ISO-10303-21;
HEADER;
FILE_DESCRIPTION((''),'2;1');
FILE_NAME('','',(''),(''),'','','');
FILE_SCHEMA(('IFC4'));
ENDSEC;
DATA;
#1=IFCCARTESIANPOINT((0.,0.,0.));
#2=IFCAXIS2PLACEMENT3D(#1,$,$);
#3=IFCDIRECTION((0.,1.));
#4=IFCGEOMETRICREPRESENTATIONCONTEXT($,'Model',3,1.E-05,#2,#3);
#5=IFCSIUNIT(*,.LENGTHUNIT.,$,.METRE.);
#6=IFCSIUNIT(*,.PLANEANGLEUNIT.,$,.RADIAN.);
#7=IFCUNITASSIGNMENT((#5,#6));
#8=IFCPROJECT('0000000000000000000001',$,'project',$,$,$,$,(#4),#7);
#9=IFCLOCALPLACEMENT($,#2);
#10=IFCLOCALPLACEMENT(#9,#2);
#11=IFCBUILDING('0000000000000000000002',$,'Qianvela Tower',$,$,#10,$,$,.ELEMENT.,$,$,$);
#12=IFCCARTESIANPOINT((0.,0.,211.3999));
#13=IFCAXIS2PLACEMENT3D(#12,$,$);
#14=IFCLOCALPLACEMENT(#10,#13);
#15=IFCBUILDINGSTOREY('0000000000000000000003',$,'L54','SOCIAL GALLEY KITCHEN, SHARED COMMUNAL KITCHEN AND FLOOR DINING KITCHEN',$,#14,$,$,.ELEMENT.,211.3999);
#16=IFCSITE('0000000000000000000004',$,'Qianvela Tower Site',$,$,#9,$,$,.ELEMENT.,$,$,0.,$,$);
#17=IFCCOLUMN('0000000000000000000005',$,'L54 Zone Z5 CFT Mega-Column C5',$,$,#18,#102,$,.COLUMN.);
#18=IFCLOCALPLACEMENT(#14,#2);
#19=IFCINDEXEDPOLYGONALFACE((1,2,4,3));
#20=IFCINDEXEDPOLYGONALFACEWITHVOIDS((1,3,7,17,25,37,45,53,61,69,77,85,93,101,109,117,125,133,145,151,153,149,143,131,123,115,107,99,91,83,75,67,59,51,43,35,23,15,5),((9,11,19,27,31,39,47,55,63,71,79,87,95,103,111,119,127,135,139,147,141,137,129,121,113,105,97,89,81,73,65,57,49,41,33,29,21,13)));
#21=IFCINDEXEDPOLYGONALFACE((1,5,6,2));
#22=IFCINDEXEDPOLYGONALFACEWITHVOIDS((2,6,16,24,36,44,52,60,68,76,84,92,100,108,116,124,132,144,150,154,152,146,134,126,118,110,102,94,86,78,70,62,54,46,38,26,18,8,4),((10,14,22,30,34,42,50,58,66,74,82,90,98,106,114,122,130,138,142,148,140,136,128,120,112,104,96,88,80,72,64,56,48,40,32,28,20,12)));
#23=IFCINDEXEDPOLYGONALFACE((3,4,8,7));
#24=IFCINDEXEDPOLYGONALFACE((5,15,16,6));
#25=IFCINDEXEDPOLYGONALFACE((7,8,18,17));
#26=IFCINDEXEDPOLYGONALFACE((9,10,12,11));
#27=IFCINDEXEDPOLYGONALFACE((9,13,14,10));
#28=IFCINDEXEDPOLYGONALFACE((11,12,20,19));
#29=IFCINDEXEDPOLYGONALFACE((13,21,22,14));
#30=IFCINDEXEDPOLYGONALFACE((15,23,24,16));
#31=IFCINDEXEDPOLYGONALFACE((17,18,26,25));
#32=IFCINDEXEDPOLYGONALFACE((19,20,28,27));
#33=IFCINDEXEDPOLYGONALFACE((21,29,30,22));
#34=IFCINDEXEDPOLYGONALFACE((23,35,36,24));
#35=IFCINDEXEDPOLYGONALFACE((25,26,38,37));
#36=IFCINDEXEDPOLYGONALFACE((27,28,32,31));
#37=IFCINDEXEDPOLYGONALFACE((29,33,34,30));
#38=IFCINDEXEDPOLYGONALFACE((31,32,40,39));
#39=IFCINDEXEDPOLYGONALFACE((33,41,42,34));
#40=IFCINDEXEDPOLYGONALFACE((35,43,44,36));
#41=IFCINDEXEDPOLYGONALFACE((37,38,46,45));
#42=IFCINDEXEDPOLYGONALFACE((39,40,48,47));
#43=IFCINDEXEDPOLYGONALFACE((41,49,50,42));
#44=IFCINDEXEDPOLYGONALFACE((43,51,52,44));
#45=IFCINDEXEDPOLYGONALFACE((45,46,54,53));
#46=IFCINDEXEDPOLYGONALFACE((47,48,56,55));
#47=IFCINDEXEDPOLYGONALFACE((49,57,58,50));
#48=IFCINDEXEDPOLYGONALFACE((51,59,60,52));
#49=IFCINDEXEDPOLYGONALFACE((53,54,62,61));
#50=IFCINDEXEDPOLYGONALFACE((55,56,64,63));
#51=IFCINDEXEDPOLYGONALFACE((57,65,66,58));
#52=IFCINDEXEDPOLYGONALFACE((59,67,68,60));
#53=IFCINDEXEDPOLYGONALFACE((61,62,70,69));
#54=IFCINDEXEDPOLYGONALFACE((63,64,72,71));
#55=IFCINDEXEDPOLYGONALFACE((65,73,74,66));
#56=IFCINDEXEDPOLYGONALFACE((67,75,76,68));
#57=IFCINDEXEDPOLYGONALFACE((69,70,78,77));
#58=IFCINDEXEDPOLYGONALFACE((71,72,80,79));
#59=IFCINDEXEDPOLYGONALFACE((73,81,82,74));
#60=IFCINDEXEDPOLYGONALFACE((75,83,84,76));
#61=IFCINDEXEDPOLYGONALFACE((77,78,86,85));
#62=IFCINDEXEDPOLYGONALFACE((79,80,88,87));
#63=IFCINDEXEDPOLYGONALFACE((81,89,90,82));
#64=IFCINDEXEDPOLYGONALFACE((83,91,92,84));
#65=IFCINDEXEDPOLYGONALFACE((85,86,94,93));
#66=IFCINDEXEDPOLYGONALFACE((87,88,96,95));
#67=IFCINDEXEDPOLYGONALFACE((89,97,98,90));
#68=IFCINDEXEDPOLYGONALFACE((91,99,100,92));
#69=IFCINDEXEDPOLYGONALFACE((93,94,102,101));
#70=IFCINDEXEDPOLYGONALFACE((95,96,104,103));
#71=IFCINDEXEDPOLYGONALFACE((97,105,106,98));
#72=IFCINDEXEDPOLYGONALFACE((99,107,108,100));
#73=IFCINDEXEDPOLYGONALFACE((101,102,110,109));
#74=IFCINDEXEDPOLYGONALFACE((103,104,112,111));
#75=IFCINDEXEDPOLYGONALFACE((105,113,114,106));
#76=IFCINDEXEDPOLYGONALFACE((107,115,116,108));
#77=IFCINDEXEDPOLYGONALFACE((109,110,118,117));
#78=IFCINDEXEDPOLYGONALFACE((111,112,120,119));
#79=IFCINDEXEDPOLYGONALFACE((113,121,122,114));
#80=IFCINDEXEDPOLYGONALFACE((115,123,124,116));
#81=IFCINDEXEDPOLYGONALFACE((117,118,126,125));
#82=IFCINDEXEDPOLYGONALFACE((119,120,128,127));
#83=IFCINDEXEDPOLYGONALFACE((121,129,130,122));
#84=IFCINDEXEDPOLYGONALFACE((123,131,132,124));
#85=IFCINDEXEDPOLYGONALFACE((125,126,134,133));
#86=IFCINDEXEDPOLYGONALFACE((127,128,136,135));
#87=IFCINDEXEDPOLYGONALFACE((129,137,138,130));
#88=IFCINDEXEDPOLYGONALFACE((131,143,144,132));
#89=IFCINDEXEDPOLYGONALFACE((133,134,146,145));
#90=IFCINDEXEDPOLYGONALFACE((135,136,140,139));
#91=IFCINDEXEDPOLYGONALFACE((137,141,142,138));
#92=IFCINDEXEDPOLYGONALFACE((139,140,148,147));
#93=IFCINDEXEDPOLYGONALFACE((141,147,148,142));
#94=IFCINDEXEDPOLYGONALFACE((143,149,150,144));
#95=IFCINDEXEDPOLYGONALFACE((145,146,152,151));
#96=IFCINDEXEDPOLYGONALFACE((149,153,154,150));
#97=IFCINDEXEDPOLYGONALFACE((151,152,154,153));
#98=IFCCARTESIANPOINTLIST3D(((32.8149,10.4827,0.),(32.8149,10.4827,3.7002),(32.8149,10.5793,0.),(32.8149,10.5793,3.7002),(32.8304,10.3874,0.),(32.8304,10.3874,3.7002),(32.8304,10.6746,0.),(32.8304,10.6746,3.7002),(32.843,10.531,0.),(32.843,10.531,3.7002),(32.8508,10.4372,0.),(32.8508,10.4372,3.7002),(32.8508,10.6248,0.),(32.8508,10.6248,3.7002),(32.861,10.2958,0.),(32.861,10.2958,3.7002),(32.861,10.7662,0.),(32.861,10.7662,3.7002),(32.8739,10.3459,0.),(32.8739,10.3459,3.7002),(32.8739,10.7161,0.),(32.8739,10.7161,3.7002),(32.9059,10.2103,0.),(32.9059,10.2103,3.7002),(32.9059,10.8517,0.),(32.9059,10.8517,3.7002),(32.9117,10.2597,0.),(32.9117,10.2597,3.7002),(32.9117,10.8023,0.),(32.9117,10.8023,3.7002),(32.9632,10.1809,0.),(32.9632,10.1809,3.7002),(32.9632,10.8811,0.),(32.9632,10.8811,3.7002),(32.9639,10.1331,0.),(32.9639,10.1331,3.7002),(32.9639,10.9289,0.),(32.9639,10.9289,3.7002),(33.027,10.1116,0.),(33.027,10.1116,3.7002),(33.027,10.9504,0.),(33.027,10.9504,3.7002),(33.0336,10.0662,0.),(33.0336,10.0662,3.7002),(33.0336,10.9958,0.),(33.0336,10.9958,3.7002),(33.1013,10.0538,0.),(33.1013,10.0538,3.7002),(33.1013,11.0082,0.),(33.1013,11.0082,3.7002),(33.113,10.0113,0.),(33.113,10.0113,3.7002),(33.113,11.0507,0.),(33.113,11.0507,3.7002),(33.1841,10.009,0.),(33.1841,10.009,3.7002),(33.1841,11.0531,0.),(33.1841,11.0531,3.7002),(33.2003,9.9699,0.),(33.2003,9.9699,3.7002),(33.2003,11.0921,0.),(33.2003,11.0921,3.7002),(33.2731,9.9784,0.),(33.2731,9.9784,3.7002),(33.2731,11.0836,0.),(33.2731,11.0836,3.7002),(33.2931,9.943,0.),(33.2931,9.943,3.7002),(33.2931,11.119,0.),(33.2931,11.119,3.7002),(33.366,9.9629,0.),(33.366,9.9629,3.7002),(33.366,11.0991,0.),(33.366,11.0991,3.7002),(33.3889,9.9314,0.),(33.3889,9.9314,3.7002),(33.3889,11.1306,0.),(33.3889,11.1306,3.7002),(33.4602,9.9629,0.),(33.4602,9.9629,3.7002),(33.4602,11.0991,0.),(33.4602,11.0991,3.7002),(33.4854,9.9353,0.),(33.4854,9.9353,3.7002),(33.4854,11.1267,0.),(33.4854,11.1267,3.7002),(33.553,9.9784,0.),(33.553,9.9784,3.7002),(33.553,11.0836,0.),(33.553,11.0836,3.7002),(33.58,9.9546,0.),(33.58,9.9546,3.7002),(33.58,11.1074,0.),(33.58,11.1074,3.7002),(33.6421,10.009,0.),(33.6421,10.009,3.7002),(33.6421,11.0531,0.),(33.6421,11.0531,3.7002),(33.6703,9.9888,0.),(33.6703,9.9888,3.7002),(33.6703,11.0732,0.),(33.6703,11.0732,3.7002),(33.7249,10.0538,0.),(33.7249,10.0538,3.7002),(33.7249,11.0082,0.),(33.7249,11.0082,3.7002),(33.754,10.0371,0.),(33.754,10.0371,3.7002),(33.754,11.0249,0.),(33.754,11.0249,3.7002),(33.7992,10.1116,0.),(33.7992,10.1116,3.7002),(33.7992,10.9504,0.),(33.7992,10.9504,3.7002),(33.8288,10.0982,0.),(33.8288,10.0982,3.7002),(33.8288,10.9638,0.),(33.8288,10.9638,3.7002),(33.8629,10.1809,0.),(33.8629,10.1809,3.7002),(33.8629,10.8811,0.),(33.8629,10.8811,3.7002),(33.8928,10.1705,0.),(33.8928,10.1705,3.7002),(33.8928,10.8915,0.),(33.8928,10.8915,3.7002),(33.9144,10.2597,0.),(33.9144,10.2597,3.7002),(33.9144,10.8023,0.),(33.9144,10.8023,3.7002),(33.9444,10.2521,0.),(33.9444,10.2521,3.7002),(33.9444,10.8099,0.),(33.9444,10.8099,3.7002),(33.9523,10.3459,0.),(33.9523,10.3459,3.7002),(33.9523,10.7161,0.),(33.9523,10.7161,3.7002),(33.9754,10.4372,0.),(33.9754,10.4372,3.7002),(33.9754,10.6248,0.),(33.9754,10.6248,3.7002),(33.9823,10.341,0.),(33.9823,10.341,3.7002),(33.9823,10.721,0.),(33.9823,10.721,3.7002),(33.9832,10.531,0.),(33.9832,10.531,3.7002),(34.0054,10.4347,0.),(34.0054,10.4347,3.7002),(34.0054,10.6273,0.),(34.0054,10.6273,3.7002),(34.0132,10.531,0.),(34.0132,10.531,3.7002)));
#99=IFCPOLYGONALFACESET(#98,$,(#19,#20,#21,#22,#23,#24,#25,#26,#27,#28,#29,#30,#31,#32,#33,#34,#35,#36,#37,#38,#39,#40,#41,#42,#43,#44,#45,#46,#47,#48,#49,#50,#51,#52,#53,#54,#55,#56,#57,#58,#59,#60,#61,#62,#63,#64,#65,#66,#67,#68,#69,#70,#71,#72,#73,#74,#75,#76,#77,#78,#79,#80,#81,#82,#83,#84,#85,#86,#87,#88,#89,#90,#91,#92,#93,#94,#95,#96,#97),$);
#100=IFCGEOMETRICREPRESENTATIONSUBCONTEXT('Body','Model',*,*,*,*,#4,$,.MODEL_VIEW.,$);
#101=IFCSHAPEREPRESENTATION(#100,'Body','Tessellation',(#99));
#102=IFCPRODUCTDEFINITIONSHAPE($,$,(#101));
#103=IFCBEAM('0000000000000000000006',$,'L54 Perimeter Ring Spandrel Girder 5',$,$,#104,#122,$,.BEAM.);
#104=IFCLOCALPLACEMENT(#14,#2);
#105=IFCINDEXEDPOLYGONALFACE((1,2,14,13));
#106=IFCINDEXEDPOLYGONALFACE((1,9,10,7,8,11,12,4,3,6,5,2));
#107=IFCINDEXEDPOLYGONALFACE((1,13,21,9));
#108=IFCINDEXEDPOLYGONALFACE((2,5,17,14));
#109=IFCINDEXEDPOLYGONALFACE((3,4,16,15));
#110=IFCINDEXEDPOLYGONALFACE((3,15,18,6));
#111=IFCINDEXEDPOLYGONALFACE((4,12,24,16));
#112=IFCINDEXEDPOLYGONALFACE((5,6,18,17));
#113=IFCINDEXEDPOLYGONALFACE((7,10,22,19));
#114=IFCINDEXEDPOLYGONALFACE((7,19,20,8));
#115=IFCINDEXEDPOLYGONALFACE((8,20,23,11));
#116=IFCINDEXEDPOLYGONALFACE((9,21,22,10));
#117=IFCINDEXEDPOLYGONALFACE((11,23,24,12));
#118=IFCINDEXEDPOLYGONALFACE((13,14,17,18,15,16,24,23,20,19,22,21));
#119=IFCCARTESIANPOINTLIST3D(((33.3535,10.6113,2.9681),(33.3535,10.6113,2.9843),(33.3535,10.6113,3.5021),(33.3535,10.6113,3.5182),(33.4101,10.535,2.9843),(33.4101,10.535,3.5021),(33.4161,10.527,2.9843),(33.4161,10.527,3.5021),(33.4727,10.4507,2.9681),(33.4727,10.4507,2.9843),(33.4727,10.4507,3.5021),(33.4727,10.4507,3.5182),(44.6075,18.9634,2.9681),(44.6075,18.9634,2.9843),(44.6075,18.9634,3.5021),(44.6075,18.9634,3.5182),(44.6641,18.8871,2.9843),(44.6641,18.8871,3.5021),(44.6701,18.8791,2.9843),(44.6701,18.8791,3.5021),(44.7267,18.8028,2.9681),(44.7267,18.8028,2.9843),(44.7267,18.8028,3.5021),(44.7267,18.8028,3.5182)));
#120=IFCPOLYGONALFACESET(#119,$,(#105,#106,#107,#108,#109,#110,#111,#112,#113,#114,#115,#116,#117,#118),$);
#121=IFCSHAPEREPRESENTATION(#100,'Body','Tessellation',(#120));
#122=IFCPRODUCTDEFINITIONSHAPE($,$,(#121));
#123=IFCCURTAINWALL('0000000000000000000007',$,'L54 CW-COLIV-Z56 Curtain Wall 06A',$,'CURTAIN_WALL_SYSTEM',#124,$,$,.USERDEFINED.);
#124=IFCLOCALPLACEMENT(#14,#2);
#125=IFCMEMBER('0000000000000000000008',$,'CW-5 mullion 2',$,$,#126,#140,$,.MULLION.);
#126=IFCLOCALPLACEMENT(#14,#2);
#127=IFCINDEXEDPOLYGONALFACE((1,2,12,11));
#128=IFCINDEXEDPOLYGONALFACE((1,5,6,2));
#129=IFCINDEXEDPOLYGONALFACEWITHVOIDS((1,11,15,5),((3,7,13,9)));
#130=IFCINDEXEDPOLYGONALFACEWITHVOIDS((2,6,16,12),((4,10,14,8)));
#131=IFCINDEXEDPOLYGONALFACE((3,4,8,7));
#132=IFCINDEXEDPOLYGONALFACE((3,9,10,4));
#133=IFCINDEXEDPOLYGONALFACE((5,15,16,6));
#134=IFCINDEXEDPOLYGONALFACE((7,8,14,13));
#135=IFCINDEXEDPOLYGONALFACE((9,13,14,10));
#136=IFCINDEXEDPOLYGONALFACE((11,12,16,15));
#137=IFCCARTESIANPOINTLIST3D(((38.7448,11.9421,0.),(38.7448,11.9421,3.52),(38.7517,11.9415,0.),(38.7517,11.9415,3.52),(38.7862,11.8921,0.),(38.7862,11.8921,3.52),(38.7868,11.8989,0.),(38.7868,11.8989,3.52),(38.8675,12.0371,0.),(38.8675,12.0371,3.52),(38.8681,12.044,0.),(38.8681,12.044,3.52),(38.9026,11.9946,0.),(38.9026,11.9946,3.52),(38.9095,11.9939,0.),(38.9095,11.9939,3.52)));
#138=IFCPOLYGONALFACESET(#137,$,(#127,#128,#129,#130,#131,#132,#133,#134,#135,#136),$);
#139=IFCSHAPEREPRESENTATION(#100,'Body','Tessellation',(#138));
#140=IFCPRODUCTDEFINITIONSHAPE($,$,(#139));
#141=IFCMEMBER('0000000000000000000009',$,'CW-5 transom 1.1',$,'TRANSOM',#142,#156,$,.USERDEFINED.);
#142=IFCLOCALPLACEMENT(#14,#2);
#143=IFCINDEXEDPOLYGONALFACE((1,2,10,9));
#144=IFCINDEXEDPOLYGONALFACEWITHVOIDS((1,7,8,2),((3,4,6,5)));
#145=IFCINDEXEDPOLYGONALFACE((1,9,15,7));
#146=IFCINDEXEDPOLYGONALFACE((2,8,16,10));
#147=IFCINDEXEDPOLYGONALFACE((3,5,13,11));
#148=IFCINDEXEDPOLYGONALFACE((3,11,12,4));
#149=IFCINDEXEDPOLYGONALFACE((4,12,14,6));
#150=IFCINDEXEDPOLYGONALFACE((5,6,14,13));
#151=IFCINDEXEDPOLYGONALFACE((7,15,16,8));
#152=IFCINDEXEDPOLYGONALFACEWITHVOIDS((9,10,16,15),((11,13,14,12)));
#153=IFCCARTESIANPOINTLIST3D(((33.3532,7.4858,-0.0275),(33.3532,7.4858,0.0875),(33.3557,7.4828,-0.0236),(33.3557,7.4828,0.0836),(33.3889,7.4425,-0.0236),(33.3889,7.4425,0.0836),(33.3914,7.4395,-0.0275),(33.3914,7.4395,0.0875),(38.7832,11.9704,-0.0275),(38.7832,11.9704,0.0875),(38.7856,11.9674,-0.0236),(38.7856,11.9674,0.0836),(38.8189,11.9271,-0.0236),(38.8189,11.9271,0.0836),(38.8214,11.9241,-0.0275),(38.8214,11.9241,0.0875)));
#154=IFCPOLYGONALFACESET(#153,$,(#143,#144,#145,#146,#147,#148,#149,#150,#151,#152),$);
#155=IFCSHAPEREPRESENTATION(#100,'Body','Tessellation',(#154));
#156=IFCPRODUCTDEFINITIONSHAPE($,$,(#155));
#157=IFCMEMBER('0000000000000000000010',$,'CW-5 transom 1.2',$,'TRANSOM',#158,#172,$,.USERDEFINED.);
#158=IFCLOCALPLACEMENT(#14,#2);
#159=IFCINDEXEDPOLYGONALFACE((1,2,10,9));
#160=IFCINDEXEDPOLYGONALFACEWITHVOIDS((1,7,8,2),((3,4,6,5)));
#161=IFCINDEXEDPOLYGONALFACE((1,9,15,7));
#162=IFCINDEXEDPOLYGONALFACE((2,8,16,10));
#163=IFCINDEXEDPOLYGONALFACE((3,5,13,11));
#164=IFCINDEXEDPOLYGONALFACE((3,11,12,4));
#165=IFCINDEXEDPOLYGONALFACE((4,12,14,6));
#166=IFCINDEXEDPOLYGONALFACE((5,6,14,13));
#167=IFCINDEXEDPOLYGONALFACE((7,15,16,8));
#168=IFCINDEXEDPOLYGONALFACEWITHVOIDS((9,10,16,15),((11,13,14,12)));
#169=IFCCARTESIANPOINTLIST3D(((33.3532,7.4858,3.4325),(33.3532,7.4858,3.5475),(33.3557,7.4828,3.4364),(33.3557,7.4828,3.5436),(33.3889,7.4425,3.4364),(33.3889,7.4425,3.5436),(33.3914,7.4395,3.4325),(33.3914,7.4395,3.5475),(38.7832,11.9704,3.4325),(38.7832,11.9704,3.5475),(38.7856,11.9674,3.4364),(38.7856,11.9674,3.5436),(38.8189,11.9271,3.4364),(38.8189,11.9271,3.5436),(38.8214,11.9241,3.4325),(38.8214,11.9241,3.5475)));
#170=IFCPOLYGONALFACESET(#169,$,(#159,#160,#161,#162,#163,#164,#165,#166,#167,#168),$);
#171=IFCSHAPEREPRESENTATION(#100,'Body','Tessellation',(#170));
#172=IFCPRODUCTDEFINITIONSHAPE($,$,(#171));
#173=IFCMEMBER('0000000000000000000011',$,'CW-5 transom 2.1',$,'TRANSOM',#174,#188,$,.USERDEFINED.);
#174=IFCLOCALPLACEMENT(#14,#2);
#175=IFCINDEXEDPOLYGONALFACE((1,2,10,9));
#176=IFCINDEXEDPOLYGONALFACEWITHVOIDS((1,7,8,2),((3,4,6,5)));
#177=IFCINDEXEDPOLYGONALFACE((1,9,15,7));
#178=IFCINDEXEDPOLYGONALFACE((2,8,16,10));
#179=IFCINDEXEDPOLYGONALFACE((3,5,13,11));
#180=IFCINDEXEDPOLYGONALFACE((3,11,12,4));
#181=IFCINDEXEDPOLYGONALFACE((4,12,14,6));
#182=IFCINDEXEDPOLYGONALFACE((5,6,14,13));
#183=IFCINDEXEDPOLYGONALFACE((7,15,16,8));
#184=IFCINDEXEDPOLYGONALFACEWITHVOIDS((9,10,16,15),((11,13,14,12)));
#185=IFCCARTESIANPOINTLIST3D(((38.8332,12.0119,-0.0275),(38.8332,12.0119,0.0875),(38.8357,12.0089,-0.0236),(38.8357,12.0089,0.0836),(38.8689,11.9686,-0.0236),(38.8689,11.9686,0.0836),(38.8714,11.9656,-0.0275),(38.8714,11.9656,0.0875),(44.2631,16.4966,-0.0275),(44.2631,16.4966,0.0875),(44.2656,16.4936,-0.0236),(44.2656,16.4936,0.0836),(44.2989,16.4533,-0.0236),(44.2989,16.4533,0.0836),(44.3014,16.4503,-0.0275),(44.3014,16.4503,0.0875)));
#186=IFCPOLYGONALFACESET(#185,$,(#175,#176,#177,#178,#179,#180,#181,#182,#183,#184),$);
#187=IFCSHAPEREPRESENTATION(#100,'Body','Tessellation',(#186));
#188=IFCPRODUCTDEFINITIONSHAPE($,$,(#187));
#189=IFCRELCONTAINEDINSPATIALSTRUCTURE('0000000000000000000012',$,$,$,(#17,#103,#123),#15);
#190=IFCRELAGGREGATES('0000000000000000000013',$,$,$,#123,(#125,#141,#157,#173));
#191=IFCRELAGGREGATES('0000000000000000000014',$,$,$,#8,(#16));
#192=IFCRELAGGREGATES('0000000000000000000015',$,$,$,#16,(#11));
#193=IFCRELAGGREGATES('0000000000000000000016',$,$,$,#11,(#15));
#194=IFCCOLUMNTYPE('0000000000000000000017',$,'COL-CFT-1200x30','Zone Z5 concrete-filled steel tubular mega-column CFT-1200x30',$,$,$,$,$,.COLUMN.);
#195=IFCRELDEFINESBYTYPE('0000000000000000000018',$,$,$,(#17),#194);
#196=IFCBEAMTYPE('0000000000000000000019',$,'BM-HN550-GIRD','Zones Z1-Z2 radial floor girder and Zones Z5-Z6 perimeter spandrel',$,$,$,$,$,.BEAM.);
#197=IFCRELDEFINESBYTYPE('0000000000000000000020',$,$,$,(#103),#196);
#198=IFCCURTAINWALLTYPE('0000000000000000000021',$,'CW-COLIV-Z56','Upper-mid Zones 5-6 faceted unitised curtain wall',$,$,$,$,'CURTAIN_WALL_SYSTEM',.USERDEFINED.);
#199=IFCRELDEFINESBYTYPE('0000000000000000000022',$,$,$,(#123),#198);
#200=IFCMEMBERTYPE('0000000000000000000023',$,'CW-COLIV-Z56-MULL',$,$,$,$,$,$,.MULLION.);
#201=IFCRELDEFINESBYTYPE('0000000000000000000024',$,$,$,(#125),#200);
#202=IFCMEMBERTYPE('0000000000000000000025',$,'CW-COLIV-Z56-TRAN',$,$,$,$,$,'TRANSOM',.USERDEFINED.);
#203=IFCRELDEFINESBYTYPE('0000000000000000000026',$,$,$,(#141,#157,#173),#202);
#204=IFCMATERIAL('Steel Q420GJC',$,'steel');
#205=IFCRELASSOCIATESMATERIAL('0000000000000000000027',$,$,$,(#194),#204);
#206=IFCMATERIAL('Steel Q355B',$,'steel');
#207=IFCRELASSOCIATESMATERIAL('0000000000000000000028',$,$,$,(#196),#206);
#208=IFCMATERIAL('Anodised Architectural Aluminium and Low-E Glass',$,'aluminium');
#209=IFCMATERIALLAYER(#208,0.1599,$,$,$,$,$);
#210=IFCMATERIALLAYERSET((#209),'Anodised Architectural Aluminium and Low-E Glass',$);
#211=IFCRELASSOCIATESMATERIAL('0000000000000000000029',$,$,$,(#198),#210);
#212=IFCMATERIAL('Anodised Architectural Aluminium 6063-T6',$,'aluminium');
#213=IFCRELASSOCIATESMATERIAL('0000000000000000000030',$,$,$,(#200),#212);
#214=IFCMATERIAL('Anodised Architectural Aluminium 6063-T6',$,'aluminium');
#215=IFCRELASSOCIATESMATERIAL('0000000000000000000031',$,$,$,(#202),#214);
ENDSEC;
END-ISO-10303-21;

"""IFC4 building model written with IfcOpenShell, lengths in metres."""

from ifc_helpers import new_model, si_unit, direction, frame, origin, origin_2d, place, context, subcontext, project, spatial, hollow_rectangle, hollow_circle, i_section, extrude, material, layer, layer_set, material_profile, profile_set, type_object, element, aggregate, save


model = new_model("IFC4")

# Units and contexts
model_context = context("Model", 3, precision=1e-05, world=origin(), true_north=direction((0.0, 1.0)))
body_context = subcontext(model_context, "Body", "Model", "MODEL_VIEW")
ifc_project = project(units=[si_unit("LENGTHUNIT", "METRE"), si_unit("PLANEANGLEUNIT", "RADIAN")], contexts=[model_context])

# Site, building, storey
site_placement = place(None, origin())
site = spatial("IfcSite", under=ifc_project, at=site_placement, Name="Qianvela Tower Site", CompositionType="ELEMENT", RefElevation=0.0)
building_placement = place(site_placement, origin())
building = spatial("IfcBuilding", under=site, at=building_placement, Name="Qianvela Tower", CompositionType="ELEMENT")
storey_placement = place(building_placement, frame((0.0, 0.0, 211.3999)))
storey = spatial("IfcBuildingStorey", under=building, at=storey_placement, Name="L54", Description="SOCIAL GALLEY KITCHEN, SHARED COMMUNAL KITCHEN AND FLOOR DINING KITCHEN", CompositionType="ELEMENT", Elevation=211.3999)

# Column
ifc_material_1 = material(Name="Steel Q420GJC", Category="steel")
ifc_material_profile_1 = material_profile(ifc_material_1, hollow_circle(Radius=0.6001, WallThickness=0.03, at=origin_2d()), Name="CFT-1200x30")
ifc_profile_set_1 = profile_set([ifc_material_profile_1], Name="Steel Q420GJC")
column_type = type_object("IfcColumnType", Name="COL-CFT-1200x30", Description="Zone Z5 concrete-filled steel tubular mega-column CFT-1200x30", PredefinedType="COLUMN", material=ifc_profile_set_1)
column_placement = place(storey_placement, frame((33.4131, 10.531, 0.0), z_axis=(0.0, 0.0, 1.0), x_axis=(1.0, 0.0, 0.0)))
element("IfcColumn", 1, at=column_placement, inside=storey, type_object=column_type, Name="L54 Zone Z5 CFT Mega-Column C5", PredefinedType="COLUMN", context=body_context, shape_type="SweptSolid", body=[
    extrude(hollow_circle(Radius=0.6001, WallThickness=0.03, at=origin_2d()), origin(), (0.0, 0.0, 1.0), 3.7002),
])

# Beam
ifc_material_2 = material(Name="Steel Q355B", Category="steel")
ifc_material_profile_2 = material_profile(ifc_material_2, i_section(OverallWidth=0.2, OverallDepth=0.55, WebThickness=0.01, FlangeThickness=0.0161, at=origin_2d()), Name="HN550x200x10x16")
ifc_profile_set_2 = profile_set([ifc_material_profile_2], Name="Steel Q355B")
beam_type = type_object("IfcBeamType", Name="BM-HN550-GIRD", Description="Zones Z1-Z2 radial floor girder and Zones Z5-Z6 perimeter spandrel", PredefinedType="BEAM", material=ifc_profile_set_2)
beam_placement = place(storey_placement, frame((33.4131, 10.531, 3.2432), z_axis=(0.803017, 0.595956, 0.0), x_axis=(-0.595956, 0.803017, 0.0)))
element("IfcBeam", 2, at=beam_placement, inside=storey, type_object=beam_type, Name="L54 Perimeter Ring Spandrel Girder 5", PredefinedType="BEAM", context=body_context, shape_type="SweptSolid", body=[
    extrude(i_section(OverallWidth=0.2, OverallDepth=0.55, WebThickness=0.01, FlangeThickness=0.0161, at=origin_2d()), origin(), (0.0, 0.0, 1.0), 14.0146),
])

# Curtain wall, members
ifc_material_3 = material(Name="Anodised Architectural Aluminium and Low-E Glass", Category="aluminium")
ifc_layer_1 = layer(ifc_material_3, 0.1599)
ifc_layer_set_1 = layer_set([ifc_layer_1], Name="Anodised Architectural Aluminium and Low-E Glass")
curtain_wall_type = type_object("IfcCurtainWallType", Name="CW-COLIV-Z56", Description="Upper-mid Zones 5-6 faceted unitised curtain wall", ElementType="CURTAIN_WALL_SYSTEM", PredefinedType="USERDEFINED", material=ifc_layer_set_1)
curtain_wall_placement = place(storey_placement, origin())
curtain_wall = element("IfcCurtainWall", 3, at=curtain_wall_placement, inside=storey, type_object=curtain_wall_type, Name="L54 CW-COLIV-Z56 Curtain Wall 06A", ObjectType="CURTAIN_WALL_SYSTEM", PredefinedType="USERDEFINED")
ifc_material_4 = material(Name="Anodised Architectural Aluminium 6063-T6", Category="aluminium")
ifc_material_profile_3 = material_profile(ifc_material_4, hollow_rectangle(XDim=0.0649, YDim=0.1599, WallThickness=0.0049, at=origin_2d()), Name="ALU-MULL-65x160")
ifc_profile_set_3 = profile_set([ifc_material_profile_3], Name="Anodised Architectural Aluminium 6063-T6")
member_type_1 = type_object("IfcMemberType", Name="CW-COLIV-Z56-MULL", PredefinedType="MULLION", material=ifc_profile_set_3)
member_1_placement = place(storey_placement, frame((38.8271, 11.968, 0.0), z_axis=(0.0, 0.0, 1.0), x_axis=(-0.636795, 0.771033, 0.0)))
member_1 = element("IfcMember", 4, at=member_1_placement, type_object=member_type_1, Name="CW-5 mullion 2", PredefinedType="MULLION", context=body_context, shape_type="SweptSolid", body=[
    extrude(hollow_rectangle(XDim=0.0649, YDim=0.1599, WallThickness=0.0049, at=origin_2d()), origin(), (0.0, 0.0, 1.0), 3.52),
])
ifc_material_5 = material(Name="Anodised Architectural Aluminium 6063-T6", Category="aluminium")
ifc_material_profile_4 = material_profile(ifc_material_5, hollow_rectangle(XDim=0.0601, YDim=0.115, WallThickness=0.0039, at=origin_2d()), Name="ALU-TRAN-60x115")
ifc_profile_set_4 = profile_set([ifc_material_profile_4], Name="Anodised Architectural Aluminium 6063-T6")
member_type_2 = type_object("IfcMemberType", Name="CW-COLIV-Z56-TRAN", ElementType="TRANSOM", PredefinedType="USERDEFINED", material=ifc_profile_set_4)
member_2_placement = place(storey_placement, frame((33.3723, 7.4626, 0.03), z_axis=(0.77103, 0.636799, 0.0), x_axis=(-0.636799, 0.77103, 0.0)))
member_2 = element("IfcMember", 5, at=member_2_placement, type_object=member_type_2, Name="CW-5 transom 1.1", ObjectType="TRANSOM", PredefinedType="USERDEFINED", context=body_context, shape_type="SweptSolid", body=[
    extrude(hollow_rectangle(XDim=0.0601, YDim=0.115, WallThickness=0.0039, at=origin_2d()), origin(), (0.0, 0.0, 1.0), 7.0425),
])
member_3_placement = place(storey_placement, frame((33.3723, 7.4626, 3.49), z_axis=(0.77103, 0.636799, 0.0), x_axis=(-0.636799, 0.77103, 0.0)))
member_3 = element("IfcMember", 6, at=member_3_placement, type_object=member_type_2, Name="CW-5 transom 1.2", ObjectType="TRANSOM", PredefinedType="USERDEFINED", context=body_context, shape_type="SweptSolid", body=[
    extrude(hollow_rectangle(XDim=0.0601, YDim=0.115, WallThickness=0.0039, at=origin_2d()), origin(), (0.0, 0.0, 1.0), 7.0425),
])
member_4_placement = place(storey_placement, frame((38.8523, 11.9888, 0.03), z_axis=(0.77103, 0.636799, 0.0), x_axis=(-0.636799, 0.77103, 0.0)))
member_4 = element("IfcMember", 7, at=member_4_placement, type_object=member_type_2, Name="CW-5 transom 2.1", ObjectType="TRANSOM", PredefinedType="USERDEFINED", context=body_context, shape_type="SweptSolid", body=[
    extrude(hollow_rectangle(XDim=0.0601, YDim=0.115, WallThickness=0.0039, at=origin_2d()), origin(), (0.0, 0.0, 1.0), 7.0425),
])
aggregate(curtain_wall, [member_1, member_2, member_3, member_4])

save(model, "model.ifc")
